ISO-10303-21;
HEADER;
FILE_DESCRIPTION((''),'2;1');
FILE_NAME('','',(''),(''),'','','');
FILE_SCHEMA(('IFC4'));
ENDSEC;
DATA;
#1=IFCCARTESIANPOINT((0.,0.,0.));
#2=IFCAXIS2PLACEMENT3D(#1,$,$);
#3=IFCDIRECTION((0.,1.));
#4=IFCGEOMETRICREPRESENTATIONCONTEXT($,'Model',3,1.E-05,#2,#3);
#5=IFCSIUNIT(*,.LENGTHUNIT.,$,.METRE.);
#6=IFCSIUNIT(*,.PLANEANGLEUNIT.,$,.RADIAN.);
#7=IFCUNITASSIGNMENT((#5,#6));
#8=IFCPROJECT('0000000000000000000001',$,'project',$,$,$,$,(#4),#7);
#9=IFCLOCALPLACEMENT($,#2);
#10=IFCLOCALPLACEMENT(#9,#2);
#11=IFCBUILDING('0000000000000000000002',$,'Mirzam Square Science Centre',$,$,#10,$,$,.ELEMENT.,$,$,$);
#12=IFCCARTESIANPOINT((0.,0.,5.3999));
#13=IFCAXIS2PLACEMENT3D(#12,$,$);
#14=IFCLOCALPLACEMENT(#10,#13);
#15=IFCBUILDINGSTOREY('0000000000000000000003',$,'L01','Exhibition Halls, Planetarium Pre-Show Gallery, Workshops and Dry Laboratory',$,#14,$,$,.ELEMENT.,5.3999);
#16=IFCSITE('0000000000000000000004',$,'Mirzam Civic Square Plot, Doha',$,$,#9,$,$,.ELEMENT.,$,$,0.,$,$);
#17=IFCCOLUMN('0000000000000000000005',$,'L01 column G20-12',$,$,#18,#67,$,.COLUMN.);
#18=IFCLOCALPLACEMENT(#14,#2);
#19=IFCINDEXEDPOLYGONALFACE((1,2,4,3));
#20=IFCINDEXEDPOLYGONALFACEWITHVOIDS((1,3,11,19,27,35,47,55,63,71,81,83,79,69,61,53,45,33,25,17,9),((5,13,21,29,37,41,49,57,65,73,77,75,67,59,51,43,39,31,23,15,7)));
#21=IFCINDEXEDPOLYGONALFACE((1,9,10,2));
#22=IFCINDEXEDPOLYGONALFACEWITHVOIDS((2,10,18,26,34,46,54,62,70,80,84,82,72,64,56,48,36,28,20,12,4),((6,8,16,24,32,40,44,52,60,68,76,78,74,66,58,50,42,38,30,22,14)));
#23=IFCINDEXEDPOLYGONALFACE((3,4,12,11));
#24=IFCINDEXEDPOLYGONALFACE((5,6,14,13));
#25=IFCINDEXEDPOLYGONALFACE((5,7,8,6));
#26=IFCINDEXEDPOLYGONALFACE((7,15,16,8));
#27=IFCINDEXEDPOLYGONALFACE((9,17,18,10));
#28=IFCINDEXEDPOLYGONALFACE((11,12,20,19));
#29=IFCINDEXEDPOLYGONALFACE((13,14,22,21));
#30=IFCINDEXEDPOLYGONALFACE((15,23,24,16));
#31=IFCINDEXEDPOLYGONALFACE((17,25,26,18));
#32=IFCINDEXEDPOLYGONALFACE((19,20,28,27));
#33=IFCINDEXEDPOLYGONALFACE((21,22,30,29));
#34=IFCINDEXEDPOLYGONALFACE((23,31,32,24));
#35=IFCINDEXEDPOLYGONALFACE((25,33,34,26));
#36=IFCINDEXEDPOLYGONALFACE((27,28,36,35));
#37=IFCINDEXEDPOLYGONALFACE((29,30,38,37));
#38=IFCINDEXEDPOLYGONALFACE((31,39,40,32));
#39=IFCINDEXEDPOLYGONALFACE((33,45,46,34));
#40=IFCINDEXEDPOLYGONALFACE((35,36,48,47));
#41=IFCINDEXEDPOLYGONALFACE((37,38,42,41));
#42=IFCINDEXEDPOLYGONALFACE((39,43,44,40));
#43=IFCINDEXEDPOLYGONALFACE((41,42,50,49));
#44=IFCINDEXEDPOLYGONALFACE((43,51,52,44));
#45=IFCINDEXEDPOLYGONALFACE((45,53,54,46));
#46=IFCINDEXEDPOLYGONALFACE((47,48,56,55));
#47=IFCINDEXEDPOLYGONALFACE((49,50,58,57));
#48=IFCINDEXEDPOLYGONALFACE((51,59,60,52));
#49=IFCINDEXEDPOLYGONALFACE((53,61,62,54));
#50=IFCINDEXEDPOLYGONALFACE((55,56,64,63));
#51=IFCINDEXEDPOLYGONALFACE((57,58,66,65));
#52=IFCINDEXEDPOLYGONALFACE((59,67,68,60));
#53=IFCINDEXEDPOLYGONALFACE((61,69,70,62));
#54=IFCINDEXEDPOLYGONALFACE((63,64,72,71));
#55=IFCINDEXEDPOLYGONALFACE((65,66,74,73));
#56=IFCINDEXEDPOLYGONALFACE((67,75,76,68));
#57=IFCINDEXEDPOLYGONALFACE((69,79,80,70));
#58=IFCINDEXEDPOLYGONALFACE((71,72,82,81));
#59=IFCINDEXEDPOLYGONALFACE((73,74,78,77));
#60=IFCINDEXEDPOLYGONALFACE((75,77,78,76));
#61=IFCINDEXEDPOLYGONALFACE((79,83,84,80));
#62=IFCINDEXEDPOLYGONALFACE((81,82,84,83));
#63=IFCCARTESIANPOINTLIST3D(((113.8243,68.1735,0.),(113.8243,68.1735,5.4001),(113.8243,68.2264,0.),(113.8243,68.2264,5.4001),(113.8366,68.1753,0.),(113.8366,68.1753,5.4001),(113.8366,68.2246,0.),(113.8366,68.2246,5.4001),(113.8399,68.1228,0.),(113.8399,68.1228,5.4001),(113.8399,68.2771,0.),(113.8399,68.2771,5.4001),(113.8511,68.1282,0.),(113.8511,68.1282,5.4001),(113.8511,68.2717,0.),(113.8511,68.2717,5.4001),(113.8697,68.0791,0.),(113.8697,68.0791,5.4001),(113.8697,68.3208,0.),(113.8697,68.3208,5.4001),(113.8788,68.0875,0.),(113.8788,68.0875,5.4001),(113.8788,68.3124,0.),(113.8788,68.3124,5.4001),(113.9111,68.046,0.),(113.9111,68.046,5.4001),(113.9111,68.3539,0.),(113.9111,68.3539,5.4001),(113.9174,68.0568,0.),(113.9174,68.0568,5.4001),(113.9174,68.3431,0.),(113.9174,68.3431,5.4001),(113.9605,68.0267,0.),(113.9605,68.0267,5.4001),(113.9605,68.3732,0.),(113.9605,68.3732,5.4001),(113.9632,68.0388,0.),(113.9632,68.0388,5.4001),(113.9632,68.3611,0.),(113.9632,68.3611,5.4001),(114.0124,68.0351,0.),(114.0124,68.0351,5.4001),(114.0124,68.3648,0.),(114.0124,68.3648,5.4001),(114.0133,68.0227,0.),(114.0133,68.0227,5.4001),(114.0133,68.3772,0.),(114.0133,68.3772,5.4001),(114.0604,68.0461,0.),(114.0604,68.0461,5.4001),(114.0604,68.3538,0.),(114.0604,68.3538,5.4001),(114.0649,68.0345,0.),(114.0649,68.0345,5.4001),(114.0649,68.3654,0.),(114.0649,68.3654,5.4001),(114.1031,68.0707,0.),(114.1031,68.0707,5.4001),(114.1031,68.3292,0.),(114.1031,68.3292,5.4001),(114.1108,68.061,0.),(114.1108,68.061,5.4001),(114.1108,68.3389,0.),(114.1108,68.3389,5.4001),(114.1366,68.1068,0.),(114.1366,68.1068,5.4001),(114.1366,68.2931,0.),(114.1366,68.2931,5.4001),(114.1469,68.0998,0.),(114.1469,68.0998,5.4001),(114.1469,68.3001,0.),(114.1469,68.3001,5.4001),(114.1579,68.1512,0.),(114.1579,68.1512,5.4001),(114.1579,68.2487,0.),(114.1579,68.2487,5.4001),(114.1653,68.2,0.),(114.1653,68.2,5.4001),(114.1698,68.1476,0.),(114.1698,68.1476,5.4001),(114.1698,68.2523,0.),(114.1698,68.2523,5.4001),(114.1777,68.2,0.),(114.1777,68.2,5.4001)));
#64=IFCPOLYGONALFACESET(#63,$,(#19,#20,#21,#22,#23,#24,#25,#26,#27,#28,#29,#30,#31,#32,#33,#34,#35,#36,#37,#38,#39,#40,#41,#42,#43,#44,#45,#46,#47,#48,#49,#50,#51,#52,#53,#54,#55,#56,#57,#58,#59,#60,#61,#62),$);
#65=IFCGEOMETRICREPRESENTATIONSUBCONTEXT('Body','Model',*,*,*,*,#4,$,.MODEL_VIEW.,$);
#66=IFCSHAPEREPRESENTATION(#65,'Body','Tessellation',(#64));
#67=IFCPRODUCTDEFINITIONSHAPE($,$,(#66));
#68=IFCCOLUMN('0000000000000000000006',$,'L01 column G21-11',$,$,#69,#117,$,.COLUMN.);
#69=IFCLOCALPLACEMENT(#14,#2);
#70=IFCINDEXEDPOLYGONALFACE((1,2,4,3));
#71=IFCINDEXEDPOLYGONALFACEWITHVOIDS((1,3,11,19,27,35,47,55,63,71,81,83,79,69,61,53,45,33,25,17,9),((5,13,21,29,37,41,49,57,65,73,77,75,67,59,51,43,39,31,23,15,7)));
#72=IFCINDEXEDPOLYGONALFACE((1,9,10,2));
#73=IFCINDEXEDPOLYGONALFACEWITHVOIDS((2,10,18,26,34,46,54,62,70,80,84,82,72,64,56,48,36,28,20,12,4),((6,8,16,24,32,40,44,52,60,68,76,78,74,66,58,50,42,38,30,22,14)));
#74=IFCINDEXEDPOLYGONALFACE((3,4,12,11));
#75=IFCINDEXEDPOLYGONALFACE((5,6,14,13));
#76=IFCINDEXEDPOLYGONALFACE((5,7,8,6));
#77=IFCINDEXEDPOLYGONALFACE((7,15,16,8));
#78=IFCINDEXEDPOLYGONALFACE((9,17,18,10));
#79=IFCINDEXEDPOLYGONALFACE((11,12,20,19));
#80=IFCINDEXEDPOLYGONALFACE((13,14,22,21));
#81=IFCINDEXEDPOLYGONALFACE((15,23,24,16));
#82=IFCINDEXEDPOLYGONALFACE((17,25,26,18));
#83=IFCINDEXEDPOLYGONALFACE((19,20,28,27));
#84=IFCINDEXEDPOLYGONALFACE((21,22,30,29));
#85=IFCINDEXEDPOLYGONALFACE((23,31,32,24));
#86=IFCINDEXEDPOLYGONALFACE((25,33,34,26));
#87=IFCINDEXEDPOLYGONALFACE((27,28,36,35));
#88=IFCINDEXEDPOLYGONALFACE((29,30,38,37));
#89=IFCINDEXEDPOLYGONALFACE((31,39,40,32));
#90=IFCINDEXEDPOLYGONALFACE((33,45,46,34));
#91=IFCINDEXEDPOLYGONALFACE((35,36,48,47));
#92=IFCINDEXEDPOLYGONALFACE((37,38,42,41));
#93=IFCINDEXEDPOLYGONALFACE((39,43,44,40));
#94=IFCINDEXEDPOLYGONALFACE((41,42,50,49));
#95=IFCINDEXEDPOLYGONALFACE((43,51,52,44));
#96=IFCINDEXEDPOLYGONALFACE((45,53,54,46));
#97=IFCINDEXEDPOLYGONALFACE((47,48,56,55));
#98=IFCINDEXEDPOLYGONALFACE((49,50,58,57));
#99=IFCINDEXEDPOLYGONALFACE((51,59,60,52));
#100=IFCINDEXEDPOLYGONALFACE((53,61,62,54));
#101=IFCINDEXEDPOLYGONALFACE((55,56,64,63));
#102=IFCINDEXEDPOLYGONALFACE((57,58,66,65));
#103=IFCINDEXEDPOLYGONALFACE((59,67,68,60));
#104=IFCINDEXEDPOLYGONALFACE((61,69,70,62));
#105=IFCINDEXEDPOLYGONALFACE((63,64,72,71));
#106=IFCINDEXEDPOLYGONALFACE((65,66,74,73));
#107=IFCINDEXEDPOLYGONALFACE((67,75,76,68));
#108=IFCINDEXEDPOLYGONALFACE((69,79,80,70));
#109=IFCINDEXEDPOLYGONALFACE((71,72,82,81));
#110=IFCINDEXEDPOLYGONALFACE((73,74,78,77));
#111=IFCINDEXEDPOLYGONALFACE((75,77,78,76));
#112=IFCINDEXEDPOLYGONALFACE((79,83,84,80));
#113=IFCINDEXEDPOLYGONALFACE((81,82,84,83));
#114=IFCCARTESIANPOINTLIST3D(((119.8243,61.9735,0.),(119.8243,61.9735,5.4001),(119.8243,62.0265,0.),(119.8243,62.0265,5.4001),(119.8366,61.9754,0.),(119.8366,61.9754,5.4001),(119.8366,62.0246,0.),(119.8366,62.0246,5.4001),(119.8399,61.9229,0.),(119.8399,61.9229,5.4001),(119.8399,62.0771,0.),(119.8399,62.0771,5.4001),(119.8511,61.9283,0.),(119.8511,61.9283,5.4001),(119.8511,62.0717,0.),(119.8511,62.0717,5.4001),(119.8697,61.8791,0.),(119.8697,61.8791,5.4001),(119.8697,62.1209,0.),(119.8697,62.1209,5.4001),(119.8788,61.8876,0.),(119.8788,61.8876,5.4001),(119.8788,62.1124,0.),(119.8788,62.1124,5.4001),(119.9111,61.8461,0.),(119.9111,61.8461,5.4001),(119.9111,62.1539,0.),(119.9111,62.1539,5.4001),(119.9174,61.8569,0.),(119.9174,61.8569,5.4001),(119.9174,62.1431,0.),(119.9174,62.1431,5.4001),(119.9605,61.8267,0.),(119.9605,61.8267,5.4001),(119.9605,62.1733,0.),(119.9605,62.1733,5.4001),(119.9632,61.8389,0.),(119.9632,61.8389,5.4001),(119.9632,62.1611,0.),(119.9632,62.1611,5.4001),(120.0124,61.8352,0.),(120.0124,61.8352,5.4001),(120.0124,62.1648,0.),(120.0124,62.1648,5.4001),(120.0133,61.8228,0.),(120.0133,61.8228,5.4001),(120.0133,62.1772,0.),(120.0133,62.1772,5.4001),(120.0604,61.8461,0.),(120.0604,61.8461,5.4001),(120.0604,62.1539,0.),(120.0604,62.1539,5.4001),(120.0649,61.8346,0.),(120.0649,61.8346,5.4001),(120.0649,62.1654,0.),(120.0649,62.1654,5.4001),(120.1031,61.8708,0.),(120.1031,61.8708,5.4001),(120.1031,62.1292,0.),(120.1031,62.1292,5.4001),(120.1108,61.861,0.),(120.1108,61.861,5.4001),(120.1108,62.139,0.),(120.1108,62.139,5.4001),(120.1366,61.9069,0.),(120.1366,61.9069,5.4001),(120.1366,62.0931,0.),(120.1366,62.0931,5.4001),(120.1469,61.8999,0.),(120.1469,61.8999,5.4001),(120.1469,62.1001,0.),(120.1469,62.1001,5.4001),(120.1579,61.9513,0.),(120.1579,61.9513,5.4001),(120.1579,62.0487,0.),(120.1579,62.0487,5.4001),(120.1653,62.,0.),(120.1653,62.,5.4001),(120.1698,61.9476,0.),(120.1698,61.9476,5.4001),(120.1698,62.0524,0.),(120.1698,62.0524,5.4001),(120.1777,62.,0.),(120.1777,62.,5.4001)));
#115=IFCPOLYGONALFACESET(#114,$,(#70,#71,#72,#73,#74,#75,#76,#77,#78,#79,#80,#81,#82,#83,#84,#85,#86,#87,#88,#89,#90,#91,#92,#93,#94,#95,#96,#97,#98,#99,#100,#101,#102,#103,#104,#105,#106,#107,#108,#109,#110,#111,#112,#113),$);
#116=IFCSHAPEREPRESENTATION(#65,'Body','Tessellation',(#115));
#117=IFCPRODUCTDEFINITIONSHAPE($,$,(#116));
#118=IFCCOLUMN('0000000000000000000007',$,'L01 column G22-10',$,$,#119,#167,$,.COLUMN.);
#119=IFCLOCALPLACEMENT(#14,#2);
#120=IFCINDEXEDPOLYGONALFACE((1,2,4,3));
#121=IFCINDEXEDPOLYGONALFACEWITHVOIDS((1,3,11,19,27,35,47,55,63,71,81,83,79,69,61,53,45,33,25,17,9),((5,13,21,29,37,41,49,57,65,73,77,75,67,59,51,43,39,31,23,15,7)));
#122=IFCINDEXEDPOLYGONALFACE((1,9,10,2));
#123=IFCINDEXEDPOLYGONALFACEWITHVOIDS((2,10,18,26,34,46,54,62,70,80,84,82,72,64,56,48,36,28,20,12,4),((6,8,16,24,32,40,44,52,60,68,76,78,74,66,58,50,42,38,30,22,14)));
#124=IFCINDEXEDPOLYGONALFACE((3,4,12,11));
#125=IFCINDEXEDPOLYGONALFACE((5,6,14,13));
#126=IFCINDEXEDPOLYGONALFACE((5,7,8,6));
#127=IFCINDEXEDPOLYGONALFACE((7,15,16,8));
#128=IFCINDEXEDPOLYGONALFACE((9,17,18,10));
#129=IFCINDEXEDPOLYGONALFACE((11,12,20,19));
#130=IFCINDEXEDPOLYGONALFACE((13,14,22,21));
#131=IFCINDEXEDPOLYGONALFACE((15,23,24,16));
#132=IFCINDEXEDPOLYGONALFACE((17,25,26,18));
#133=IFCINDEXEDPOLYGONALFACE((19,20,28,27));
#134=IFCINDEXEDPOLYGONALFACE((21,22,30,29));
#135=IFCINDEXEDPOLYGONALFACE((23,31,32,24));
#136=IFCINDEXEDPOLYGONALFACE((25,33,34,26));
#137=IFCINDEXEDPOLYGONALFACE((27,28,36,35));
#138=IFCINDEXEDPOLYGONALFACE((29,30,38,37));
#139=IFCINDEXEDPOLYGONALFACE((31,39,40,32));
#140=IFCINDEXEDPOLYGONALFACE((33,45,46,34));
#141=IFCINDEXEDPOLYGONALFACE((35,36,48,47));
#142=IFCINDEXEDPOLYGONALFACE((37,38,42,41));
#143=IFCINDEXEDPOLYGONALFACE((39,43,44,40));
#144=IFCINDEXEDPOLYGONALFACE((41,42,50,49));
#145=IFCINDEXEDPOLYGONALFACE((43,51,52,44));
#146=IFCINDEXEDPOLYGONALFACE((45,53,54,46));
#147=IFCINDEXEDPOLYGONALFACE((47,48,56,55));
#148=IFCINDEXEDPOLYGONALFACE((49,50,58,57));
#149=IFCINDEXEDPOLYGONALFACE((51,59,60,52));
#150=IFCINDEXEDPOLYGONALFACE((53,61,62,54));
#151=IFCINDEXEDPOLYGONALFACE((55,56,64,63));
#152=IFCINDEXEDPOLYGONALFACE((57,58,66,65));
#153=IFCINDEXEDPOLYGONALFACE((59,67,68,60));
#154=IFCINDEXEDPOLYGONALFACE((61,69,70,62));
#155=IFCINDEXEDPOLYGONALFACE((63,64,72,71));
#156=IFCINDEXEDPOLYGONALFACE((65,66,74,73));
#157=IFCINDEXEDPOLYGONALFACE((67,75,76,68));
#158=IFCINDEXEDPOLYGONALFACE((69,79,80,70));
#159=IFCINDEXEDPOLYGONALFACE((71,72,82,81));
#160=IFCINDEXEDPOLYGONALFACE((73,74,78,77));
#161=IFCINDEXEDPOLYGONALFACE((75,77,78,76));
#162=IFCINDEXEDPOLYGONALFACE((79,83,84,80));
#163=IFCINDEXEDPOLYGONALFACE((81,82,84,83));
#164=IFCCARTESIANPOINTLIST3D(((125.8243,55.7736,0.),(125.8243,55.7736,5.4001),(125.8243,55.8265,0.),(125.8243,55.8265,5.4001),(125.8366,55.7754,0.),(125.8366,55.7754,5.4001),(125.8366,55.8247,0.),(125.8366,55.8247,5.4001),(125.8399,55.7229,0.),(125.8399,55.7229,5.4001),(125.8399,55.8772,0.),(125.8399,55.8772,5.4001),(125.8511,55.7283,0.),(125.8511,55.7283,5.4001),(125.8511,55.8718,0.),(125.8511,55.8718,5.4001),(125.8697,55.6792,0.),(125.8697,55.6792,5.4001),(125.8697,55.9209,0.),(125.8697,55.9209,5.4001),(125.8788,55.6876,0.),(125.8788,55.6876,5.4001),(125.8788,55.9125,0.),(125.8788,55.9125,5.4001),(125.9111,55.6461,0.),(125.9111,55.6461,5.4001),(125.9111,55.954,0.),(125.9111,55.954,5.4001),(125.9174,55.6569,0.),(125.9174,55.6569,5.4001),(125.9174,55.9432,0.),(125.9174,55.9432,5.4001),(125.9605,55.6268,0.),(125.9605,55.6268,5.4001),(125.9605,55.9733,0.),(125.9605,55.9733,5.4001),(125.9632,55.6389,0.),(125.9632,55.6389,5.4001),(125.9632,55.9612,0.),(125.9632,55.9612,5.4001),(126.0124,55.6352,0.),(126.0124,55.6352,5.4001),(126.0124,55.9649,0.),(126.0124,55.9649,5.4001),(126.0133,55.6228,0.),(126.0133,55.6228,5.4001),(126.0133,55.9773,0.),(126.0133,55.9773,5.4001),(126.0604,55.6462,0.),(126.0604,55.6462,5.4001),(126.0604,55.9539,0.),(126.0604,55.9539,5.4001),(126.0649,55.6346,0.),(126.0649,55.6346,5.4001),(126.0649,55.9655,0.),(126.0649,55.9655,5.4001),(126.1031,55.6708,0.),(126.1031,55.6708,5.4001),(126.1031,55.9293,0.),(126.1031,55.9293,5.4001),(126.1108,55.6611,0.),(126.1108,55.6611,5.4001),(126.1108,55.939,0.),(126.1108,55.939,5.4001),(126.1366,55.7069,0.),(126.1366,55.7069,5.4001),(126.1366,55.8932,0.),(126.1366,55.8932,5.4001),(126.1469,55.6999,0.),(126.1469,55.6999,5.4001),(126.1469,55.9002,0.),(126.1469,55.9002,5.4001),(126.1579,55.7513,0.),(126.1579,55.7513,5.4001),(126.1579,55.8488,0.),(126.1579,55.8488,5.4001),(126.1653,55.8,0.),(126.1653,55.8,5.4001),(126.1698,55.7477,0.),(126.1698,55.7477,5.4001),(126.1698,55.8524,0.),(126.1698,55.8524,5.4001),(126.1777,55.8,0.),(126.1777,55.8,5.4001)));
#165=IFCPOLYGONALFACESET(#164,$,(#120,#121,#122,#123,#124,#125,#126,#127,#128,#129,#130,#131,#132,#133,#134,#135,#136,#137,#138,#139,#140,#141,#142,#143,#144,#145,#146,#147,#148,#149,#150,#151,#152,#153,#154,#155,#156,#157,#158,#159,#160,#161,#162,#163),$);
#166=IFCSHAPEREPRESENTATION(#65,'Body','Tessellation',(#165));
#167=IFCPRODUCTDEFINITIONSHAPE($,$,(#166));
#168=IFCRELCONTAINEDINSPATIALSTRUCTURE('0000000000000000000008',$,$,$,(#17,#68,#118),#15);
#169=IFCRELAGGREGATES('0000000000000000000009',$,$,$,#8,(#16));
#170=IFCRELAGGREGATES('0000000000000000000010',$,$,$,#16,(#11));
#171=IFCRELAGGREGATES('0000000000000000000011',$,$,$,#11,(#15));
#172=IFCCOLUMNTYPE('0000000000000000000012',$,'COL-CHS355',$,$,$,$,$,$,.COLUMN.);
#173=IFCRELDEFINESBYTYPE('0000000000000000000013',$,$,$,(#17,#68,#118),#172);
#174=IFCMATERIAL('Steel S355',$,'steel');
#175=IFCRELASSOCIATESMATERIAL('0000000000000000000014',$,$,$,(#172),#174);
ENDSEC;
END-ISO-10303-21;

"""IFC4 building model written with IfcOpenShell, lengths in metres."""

from ifc_helpers import new_model, si_unit, direction, frame, origin, origin_2d, place, context, subcontext, project, spatial, hollow_circle, extrude, material, material_profile, profile_set, type_object, element, save


model = new_model("IFC4")

# Units and contexts
model_context = context("Model", 3, precision=1e-05, world=origin(), true_north=direction((0.0, 1.0)))
body_context = subcontext(model_context, "Body", "Model", "MODEL_VIEW")
ifc_project = project(units=[si_unit("LENGTHUNIT", "METRE"), si_unit("PLANEANGLEUNIT", "RADIAN")], contexts=[model_context])

# Site, building, storey
site_placement = place(None, origin())
site = spatial("IfcSite", under=ifc_project, at=site_placement, Name="Mirzam Civic Square Plot, Doha", CompositionType="ELEMENT", RefElevation=0.0)
building_placement = place(site_placement, origin())
building = spatial("IfcBuilding", under=site, at=building_placement, Name="Mirzam Square Science Centre", CompositionType="ELEMENT")
storey_placement = place(building_placement, frame((0.0, 0.0, 5.3999)))
storey = spatial("IfcBuildingStorey", under=building, at=storey_placement, Name="L01", Description="Exhibition Halls, Planetarium Pre-Show Gallery, Workshops and Dry Laboratory", CompositionType="ELEMENT", Elevation=5.3999)

# Columns
ifc_material_1 = material(Name="Steel S355", Category="steel")
ifc_material_profile_1 = material_profile(ifc_material_1, hollow_circle(Radius=0.1777, WallThickness=0.0125, at=origin_2d()), Name="355.6x12.5CHS")
ifc_profile_set_1 = profile_set([ifc_material_profile_1], Name="Steel S355")
column_type_1 = type_object("IfcColumnType", Name="COL-CHS355", PredefinedType="COLUMN", material=ifc_profile_set_1)
for number, where, z_axis, x_axis, name in (
    (1, (114.0, 68.2, 0.0), (0.0, 0.0, 1.0), (1.0, 0.0, 0.0), "L01 column G20-12"),
    (2, (120.0, 62.0, 0.0), (0.0, 0.0, 1.0), (1.0, 0.0, 0.0), "L01 column G21-11"),
    (3, (126.0, 55.8, 0.0), (0.0, 0.0, 1.0), (1.0, 0.0, 0.0), "L01 column G22-10"),
):
    element("IfcColumn", number, at=place(storey_placement, frame(where, z_axis=z_axis, x_axis=x_axis)), inside=storey, type_object=column_type_1, Name=name, PredefinedType="COLUMN", context=body_context, shape_type="SweptSolid", body=[
        extrude(hollow_circle(Radius=0.1777, WallThickness=0.0125, at=origin_2d()), origin(), (0.0, 0.0, 1.0), 5.4001),
    ])

save(model, "model.ifc")
